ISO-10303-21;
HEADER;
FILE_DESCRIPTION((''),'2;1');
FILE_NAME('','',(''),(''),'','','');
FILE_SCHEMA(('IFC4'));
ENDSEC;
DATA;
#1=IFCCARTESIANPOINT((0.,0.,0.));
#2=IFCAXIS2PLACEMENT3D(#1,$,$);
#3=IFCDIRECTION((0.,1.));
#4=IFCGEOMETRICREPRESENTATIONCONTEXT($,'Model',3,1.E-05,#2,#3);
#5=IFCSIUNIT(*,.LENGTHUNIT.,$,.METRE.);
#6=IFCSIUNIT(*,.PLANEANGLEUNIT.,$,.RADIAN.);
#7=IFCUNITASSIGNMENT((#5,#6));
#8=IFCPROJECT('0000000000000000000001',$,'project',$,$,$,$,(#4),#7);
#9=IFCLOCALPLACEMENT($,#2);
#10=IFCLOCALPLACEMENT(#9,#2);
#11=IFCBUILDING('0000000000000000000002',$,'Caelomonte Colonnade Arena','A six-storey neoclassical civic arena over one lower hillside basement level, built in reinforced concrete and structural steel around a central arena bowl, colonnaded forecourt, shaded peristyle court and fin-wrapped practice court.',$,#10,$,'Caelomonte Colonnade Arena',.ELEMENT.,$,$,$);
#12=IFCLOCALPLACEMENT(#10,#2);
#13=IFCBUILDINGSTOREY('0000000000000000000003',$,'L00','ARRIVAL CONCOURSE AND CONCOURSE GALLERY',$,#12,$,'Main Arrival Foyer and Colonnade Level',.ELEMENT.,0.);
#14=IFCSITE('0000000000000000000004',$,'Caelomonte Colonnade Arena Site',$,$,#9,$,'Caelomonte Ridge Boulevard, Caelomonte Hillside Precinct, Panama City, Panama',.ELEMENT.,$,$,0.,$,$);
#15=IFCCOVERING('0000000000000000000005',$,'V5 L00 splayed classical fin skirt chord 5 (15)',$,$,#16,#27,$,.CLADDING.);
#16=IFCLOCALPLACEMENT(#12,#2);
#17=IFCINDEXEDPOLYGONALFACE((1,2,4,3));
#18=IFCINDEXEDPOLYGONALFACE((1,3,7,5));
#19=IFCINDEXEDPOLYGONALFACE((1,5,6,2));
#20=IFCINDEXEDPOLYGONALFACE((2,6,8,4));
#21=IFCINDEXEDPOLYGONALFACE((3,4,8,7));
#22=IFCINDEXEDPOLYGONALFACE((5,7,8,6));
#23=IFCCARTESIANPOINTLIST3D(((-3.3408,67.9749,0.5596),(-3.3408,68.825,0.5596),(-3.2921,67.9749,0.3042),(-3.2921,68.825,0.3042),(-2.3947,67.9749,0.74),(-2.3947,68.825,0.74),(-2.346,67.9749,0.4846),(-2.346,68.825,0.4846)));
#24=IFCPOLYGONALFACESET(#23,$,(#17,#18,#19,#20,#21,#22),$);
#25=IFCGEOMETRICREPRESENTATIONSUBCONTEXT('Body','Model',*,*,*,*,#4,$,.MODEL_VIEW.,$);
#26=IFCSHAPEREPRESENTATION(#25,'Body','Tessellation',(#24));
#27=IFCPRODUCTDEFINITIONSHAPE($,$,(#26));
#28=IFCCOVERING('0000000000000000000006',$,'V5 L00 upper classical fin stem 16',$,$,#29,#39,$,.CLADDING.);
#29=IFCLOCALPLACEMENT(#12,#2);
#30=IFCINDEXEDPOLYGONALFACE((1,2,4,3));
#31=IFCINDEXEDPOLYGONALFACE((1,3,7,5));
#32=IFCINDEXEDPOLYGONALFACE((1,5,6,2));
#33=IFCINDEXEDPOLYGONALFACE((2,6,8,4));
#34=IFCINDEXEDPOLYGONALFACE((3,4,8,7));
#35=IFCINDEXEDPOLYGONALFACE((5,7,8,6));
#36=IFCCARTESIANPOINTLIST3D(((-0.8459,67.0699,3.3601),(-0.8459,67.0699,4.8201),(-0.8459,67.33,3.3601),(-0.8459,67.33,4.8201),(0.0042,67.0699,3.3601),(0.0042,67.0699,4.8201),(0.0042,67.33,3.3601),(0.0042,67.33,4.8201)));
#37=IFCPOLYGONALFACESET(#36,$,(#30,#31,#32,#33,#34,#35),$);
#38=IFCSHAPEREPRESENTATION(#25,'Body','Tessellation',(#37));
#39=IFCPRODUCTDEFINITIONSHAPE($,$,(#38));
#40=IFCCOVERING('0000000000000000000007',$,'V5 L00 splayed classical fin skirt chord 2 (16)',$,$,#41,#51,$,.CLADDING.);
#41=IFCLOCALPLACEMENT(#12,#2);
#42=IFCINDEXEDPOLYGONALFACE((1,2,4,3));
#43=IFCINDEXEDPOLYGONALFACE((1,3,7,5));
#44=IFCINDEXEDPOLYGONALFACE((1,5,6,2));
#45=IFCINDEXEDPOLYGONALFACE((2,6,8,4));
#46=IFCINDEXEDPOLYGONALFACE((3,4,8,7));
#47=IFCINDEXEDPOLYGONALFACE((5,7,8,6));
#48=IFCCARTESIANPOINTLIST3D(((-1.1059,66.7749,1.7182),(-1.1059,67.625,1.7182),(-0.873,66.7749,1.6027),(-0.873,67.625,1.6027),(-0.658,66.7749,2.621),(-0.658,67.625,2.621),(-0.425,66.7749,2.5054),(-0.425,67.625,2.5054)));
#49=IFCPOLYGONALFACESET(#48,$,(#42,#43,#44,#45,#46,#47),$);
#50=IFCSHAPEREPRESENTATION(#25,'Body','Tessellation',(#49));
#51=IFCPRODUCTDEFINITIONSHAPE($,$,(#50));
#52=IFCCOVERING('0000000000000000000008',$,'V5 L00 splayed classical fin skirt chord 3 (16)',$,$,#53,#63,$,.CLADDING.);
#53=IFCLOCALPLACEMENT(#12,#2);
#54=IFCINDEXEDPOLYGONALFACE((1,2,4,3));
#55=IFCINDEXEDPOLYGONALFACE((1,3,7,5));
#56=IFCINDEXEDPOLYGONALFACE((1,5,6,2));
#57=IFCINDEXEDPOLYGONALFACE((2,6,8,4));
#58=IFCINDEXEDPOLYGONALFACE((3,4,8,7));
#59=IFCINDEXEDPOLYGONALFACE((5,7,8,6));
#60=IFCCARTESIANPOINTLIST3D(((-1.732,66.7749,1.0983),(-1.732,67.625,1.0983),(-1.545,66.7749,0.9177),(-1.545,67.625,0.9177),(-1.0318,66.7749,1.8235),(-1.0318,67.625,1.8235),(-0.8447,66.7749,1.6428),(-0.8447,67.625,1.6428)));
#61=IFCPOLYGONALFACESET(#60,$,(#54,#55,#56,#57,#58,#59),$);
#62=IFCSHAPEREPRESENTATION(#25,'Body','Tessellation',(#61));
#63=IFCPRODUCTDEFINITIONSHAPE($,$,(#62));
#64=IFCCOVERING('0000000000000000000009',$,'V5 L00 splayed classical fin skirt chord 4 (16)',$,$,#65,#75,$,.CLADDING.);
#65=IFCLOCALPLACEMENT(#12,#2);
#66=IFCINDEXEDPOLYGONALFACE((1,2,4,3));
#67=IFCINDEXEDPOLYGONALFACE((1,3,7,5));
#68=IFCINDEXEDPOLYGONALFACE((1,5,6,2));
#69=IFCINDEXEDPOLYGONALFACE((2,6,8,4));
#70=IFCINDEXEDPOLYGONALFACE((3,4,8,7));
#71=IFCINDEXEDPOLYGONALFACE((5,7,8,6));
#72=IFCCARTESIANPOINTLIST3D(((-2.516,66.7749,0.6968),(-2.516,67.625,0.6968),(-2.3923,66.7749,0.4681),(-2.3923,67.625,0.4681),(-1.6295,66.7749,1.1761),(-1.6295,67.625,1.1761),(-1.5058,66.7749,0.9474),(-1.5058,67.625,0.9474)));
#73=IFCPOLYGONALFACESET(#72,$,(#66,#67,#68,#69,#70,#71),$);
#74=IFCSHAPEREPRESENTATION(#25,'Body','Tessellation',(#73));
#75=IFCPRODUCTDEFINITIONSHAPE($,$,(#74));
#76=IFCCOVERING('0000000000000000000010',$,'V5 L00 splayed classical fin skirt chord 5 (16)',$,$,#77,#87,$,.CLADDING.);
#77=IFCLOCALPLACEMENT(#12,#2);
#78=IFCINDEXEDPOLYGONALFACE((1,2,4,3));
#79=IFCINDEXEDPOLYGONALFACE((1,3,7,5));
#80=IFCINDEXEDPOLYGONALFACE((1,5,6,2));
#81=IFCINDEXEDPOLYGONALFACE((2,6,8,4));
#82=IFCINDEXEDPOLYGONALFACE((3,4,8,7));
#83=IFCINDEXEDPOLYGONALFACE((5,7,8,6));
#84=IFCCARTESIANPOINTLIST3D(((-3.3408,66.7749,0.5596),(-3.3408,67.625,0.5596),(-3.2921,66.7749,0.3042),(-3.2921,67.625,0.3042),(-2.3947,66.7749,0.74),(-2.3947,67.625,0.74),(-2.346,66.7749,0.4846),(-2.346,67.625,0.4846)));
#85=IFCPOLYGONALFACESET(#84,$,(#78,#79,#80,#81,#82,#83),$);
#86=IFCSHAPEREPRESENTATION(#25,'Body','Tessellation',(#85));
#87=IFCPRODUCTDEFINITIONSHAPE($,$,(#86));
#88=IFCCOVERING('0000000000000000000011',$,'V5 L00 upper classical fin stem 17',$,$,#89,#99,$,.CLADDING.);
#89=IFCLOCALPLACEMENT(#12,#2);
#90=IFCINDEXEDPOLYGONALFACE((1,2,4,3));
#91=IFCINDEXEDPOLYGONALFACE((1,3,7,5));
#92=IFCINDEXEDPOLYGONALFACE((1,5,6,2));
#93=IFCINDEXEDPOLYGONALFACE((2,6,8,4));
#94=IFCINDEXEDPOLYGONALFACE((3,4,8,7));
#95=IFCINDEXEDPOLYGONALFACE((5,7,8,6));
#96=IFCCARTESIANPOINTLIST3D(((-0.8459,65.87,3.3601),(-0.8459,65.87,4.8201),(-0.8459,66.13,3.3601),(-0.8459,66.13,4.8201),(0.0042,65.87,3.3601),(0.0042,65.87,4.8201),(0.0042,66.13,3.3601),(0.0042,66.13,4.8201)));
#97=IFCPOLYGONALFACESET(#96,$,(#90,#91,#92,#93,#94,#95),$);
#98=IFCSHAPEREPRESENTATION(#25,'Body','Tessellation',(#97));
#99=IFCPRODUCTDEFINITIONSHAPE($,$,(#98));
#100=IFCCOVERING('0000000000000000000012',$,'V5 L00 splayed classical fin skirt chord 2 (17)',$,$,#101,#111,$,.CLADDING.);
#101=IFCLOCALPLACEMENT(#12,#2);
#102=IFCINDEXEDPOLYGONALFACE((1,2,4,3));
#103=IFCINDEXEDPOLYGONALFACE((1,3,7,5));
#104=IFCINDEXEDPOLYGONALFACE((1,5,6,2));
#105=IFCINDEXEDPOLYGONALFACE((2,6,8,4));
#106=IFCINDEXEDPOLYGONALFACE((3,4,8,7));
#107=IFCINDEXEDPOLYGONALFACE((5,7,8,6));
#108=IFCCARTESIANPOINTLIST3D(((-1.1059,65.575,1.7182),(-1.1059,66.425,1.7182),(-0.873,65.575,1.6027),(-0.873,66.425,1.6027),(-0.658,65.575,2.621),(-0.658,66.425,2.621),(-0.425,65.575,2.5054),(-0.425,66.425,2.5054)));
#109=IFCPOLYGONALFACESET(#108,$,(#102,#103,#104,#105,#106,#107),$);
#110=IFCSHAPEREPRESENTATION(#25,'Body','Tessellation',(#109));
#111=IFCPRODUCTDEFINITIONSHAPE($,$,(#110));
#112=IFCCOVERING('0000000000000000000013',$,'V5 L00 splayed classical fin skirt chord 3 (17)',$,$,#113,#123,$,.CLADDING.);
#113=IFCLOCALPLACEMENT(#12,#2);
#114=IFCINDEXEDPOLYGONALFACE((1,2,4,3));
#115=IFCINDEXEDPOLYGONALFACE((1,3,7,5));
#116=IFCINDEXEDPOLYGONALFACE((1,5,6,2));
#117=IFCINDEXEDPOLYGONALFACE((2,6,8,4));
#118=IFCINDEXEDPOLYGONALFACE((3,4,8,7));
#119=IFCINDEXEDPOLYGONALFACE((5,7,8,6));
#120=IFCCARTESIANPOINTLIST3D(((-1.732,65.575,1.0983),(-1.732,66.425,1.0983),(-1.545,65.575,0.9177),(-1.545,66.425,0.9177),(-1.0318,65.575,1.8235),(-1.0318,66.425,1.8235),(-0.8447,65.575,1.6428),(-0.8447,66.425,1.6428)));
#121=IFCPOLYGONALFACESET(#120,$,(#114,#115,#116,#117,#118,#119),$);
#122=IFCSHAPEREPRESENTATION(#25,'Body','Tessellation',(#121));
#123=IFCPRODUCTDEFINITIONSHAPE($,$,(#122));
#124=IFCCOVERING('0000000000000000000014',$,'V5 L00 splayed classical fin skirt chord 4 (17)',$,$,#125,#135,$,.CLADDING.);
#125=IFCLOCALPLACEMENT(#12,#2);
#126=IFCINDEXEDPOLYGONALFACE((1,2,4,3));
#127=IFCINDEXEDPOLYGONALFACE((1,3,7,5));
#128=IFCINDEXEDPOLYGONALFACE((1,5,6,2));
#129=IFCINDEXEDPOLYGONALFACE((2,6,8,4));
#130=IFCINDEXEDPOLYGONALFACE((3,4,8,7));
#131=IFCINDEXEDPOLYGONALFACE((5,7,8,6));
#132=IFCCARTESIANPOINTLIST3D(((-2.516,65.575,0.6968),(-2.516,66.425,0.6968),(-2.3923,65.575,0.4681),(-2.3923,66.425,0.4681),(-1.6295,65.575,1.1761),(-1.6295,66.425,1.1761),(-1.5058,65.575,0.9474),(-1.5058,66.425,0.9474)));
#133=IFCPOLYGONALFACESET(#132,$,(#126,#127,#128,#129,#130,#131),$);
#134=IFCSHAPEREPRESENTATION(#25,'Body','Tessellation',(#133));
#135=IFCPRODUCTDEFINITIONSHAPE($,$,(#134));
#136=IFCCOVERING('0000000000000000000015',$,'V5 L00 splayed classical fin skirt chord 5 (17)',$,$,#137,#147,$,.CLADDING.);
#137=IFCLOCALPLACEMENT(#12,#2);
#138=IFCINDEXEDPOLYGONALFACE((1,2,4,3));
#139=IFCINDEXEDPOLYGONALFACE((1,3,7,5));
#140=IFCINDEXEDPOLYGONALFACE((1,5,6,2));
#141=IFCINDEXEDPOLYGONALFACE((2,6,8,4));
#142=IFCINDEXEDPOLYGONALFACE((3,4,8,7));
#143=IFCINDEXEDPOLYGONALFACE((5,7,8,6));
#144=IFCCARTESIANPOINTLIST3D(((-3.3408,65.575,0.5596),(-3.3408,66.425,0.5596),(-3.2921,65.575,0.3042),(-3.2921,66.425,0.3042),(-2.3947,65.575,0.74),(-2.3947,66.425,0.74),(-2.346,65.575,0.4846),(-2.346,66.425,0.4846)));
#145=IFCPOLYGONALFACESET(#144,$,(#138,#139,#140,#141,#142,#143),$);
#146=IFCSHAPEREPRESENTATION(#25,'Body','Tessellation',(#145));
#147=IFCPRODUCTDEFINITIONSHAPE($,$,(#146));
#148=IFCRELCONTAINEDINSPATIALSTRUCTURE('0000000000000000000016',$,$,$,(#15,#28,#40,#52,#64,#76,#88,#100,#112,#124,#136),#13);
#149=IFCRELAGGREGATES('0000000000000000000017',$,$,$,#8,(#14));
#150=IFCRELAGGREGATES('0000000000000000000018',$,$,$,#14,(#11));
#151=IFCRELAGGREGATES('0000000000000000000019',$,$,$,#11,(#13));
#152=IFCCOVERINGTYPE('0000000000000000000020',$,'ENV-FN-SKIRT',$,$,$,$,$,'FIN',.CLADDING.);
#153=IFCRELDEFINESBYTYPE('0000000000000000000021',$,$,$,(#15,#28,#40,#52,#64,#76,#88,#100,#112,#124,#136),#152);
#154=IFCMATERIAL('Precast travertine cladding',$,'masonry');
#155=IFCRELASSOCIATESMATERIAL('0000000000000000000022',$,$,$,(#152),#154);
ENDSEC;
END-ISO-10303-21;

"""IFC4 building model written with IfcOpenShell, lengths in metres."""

from ifc_helpers import new_model, si_unit, direction, frame, origin, origin_2d, place, context, subcontext, project, spatial, rectangle, extrude, material, material_profile, profile_set, type_object, element, save


model = new_model("IFC4")

# Units and contexts
model_context = context("Model", 3, precision=1e-05, world=origin(), true_north=direction((0.0, 1.0)))
body_context = subcontext(model_context, "Body", "Model", "MODEL_VIEW")
ifc_project = project(units=[si_unit("LENGTHUNIT", "METRE"), si_unit("PLANEANGLEUNIT", "RADIAN")], contexts=[model_context])

# Site, building, storey
site_placement = place(None, origin())
site = spatial("IfcSite", under=ifc_project, at=site_placement, Name="Caelomonte Colonnade Arena Site", LongName="Caelomonte Ridge Boulevard, Caelomonte Hillside Precinct, Panama City, Panama", CompositionType="ELEMENT", RefElevation=0.0)
building_placement = place(site_placement, origin())
building = spatial("IfcBuilding", under=site, at=building_placement, Name="Caelomonte Colonnade Arena", Description="A six-storey neoclassical civic arena over one lower hillside basement level, built in reinforced concrete and structural steel around a central arena bowl, colonnaded forecourt, shaded peristyle court and fin-wrapped practice court.", LongName="Caelomonte Colonnade Arena", CompositionType="ELEMENT")
storey_placement = place(building_placement, origin())
storey = spatial("IfcBuildingStorey", under=building, at=storey_placement, Name="L00", Description="ARRIVAL CONCOURSE AND CONCOURSE GALLERY", LongName="Main Arrival Foyer and Colonnade Level", CompositionType="ELEMENT", Elevation=0.0)

# Coverings
ifc_material = material(Name="Precast travertine cladding", Category="masonry")
ifc_material_profile = material_profile(ifc_material, rectangle(XDim=0.26, YDim=0.8501, at=origin_2d()), Name="FIN260X850")
ifc_profile_set = profile_set([ifc_material_profile], Name="Precast travertine cladding")
covering_type = type_object("IfcCoveringType", Name="ENV-FN-SKIRT", ElementType="FIN", PredefinedType="CLADDING", material=ifc_profile_set)
covering_1_placement = place(storey_placement, frame((-2.3704, 68.3999, 0.6123), z_axis=(-0.982296, 0.0, -0.187333), x_axis=(-0.187333, 0.0, 0.982296)))
element("IfcCovering", 1, at=covering_1_placement, inside=storey, type_object=covering_type, Name="V5 L00 splayed classical fin skirt chord 5 (15)", PredefinedType="CLADDING", context=body_context, shape_type="SweptSolid", body=[
    extrude(rectangle(XDim=0.26, YDim=0.8501, at=origin_2d()), origin(), (0.0, 0.0, 1.0), 0.9631),
])
covering_2_placement = place(storey_placement, frame((-0.4209, 67.2, 3.3601), z_axis=(0.0, 0.0, 1.0), x_axis=(0.0, 1.0, 0.0)))
element("IfcCovering", 2, at=covering_2_placement, inside=storey, type_object=covering_type, Name="V5 L00 upper classical fin stem 16", PredefinedType="CLADDING", context=body_context, shape_type="SweptSolid", body=[
    extrude(rectangle(XDim=0.26, YDim=0.8501, at=origin_2d()), origin(), (0.0, 0.0, 1.0), 1.46),
])
covering_3_placement = place(storey_placement, frame((-0.5415, 67.2, 2.5632), z_axis=(-0.444499, 0.0, -0.89578), x_axis=(-0.89578, 0.0, 0.444499)))
element("IfcCovering", 3, at=covering_3_placement, inside=storey, type_object=covering_type, Name="V5 L00 splayed classical fin skirt chord 2 (16)", PredefinedType="CLADDING", context=body_context, shape_type="SweptSolid", body=[
    extrude(rectangle(XDim=0.26, YDim=0.8501, at=origin_2d()), origin(), (0.0, 0.0, 1.0), 1.0078),
])
covering_4_placement = place(storey_placement, frame((-0.9382, 67.2, 1.7332), z_axis=(-0.694646, 0.0, -0.719351), x_axis=(-0.719351, 0.0, 0.694646)))
element("IfcCovering", 4, at=covering_4_placement, inside=storey, type_object=covering_type, Name="V5 L00 splayed classical fin skirt chord 3 (16)", PredefinedType="CLADDING", context=body_context, shape_type="SweptSolid", body=[
    extrude(rectangle(XDim=0.26, YDim=0.8501, at=origin_2d()), origin(), (0.0, 0.0, 1.0), 1.0081),
])
covering_5_placement = place(storey_placement, frame((-1.5676, 67.2, 1.0618), z_axis=(-0.879676, 0.0, -0.475573), x_axis=(-0.475573, 0.0, 0.879676)))
element("IfcCovering", 5, at=covering_5_placement, inside=storey, type_object=covering_type, Name="V5 L00 splayed classical fin skirt chord 4 (16)", PredefinedType="CLADDING", context=body_context, shape_type="SweptSolid", body=[
    extrude(rectangle(XDim=0.26, YDim=0.8501, at=origin_2d()), origin(), (0.0, 0.0, 1.0), 1.0078),
])
covering_6_placement = place(storey_placement, frame((-2.3704, 67.2, 0.6123), z_axis=(-0.982296, 0.0, -0.187333), x_axis=(-0.187333, 0.0, 0.982296)))
element("IfcCovering", 6, at=covering_6_placement, inside=storey, type_object=covering_type, Name="V5 L00 splayed classical fin skirt chord 5 (16)", PredefinedType="CLADDING", context=body_context, shape_type="SweptSolid", body=[
    extrude(rectangle(XDim=0.26, YDim=0.8501, at=origin_2d()), origin(), (0.0, 0.0, 1.0), 0.9631),
])
covering_7_placement = place(storey_placement, frame((-0.4209, 66.0, 3.3601), z_axis=(0.0, 0.0, 1.0), x_axis=(0.0, 1.0, 0.0)))
element("IfcCovering", 7, at=covering_7_placement, inside=storey, type_object=covering_type, Name="V5 L00 upper classical fin stem 17", PredefinedType="CLADDING", context=body_context, shape_type="SweptSolid", body=[
    extrude(rectangle(XDim=0.26, YDim=0.8501, at=origin_2d()), origin(), (0.0, 0.0, 1.0), 1.46),
])
covering_8_placement = place(storey_placement, frame((-0.5415, 66.0, 2.5632), z_axis=(-0.444499, 0.0, -0.89578), x_axis=(-0.89578, 0.0, 0.444499)))
element("IfcCovering", 8, at=covering_8_placement, inside=storey, type_object=covering_type, Name="V5 L00 splayed classical fin skirt chord 2 (17)", PredefinedType="CLADDING", context=body_context, shape_type="SweptSolid", body=[
    extrude(rectangle(XDim=0.26, YDim=0.8501, at=origin_2d()), origin(), (0.0, 0.0, 1.0), 1.0078),
])
covering_9_placement = place(storey_placement, frame((-0.9382, 66.0, 1.7332), z_axis=(-0.694646, 0.0, -0.719351), x_axis=(-0.719351, 0.0, 0.694646)))
element("IfcCovering", 9, at=covering_9_placement, inside=storey, type_object=covering_type, Name="V5 L00 splayed classical fin skirt chord 3 (17)", PredefinedType="CLADDING", context=body_context, shape_type="SweptSolid", body=[
    extrude(rectangle(XDim=0.26, YDim=0.8501, at=origin_2d()), origin(), (0.0, 0.0, 1.0), 1.0081),
])
covering_10_placement = place(storey_placement, frame((-1.5676, 66.0, 1.0618), z_axis=(-0.879676, 0.0, -0.475573), x_axis=(-0.475573, 0.0, 0.879676)))
element("IfcCovering", 10, at=covering_10_placement, inside=storey, type_object=covering_type, Name="V5 L00 splayed classical fin skirt chord 4 (17)", PredefinedType="CLADDING", context=body_context, shape_type="SweptSolid", body=[
    extrude(rectangle(XDim=0.26, YDim=0.8501, at=origin_2d()), origin(), (0.0, 0.0, 1.0), 1.0078),
])
covering_11_placement = place(storey_placement, frame((-2.3704, 66.0, 0.6123), z_axis=(-0.982296, 0.0, -0.187333), x_axis=(-0.187333, 0.0, 0.982296)))
element("IfcCovering", 11, at=covering_11_placement, inside=storey, type_object=covering_type, Name="V5 L00 splayed classical fin skirt chord 5 (17)", PredefinedType="CLADDING", context=body_context, shape_type="SweptSolid", body=[
    extrude(rectangle(XDim=0.26, YDim=0.8501, at=origin_2d()), origin(), (0.0, 0.0, 1.0), 0.9631),
])

save(model, "model.ifc")
